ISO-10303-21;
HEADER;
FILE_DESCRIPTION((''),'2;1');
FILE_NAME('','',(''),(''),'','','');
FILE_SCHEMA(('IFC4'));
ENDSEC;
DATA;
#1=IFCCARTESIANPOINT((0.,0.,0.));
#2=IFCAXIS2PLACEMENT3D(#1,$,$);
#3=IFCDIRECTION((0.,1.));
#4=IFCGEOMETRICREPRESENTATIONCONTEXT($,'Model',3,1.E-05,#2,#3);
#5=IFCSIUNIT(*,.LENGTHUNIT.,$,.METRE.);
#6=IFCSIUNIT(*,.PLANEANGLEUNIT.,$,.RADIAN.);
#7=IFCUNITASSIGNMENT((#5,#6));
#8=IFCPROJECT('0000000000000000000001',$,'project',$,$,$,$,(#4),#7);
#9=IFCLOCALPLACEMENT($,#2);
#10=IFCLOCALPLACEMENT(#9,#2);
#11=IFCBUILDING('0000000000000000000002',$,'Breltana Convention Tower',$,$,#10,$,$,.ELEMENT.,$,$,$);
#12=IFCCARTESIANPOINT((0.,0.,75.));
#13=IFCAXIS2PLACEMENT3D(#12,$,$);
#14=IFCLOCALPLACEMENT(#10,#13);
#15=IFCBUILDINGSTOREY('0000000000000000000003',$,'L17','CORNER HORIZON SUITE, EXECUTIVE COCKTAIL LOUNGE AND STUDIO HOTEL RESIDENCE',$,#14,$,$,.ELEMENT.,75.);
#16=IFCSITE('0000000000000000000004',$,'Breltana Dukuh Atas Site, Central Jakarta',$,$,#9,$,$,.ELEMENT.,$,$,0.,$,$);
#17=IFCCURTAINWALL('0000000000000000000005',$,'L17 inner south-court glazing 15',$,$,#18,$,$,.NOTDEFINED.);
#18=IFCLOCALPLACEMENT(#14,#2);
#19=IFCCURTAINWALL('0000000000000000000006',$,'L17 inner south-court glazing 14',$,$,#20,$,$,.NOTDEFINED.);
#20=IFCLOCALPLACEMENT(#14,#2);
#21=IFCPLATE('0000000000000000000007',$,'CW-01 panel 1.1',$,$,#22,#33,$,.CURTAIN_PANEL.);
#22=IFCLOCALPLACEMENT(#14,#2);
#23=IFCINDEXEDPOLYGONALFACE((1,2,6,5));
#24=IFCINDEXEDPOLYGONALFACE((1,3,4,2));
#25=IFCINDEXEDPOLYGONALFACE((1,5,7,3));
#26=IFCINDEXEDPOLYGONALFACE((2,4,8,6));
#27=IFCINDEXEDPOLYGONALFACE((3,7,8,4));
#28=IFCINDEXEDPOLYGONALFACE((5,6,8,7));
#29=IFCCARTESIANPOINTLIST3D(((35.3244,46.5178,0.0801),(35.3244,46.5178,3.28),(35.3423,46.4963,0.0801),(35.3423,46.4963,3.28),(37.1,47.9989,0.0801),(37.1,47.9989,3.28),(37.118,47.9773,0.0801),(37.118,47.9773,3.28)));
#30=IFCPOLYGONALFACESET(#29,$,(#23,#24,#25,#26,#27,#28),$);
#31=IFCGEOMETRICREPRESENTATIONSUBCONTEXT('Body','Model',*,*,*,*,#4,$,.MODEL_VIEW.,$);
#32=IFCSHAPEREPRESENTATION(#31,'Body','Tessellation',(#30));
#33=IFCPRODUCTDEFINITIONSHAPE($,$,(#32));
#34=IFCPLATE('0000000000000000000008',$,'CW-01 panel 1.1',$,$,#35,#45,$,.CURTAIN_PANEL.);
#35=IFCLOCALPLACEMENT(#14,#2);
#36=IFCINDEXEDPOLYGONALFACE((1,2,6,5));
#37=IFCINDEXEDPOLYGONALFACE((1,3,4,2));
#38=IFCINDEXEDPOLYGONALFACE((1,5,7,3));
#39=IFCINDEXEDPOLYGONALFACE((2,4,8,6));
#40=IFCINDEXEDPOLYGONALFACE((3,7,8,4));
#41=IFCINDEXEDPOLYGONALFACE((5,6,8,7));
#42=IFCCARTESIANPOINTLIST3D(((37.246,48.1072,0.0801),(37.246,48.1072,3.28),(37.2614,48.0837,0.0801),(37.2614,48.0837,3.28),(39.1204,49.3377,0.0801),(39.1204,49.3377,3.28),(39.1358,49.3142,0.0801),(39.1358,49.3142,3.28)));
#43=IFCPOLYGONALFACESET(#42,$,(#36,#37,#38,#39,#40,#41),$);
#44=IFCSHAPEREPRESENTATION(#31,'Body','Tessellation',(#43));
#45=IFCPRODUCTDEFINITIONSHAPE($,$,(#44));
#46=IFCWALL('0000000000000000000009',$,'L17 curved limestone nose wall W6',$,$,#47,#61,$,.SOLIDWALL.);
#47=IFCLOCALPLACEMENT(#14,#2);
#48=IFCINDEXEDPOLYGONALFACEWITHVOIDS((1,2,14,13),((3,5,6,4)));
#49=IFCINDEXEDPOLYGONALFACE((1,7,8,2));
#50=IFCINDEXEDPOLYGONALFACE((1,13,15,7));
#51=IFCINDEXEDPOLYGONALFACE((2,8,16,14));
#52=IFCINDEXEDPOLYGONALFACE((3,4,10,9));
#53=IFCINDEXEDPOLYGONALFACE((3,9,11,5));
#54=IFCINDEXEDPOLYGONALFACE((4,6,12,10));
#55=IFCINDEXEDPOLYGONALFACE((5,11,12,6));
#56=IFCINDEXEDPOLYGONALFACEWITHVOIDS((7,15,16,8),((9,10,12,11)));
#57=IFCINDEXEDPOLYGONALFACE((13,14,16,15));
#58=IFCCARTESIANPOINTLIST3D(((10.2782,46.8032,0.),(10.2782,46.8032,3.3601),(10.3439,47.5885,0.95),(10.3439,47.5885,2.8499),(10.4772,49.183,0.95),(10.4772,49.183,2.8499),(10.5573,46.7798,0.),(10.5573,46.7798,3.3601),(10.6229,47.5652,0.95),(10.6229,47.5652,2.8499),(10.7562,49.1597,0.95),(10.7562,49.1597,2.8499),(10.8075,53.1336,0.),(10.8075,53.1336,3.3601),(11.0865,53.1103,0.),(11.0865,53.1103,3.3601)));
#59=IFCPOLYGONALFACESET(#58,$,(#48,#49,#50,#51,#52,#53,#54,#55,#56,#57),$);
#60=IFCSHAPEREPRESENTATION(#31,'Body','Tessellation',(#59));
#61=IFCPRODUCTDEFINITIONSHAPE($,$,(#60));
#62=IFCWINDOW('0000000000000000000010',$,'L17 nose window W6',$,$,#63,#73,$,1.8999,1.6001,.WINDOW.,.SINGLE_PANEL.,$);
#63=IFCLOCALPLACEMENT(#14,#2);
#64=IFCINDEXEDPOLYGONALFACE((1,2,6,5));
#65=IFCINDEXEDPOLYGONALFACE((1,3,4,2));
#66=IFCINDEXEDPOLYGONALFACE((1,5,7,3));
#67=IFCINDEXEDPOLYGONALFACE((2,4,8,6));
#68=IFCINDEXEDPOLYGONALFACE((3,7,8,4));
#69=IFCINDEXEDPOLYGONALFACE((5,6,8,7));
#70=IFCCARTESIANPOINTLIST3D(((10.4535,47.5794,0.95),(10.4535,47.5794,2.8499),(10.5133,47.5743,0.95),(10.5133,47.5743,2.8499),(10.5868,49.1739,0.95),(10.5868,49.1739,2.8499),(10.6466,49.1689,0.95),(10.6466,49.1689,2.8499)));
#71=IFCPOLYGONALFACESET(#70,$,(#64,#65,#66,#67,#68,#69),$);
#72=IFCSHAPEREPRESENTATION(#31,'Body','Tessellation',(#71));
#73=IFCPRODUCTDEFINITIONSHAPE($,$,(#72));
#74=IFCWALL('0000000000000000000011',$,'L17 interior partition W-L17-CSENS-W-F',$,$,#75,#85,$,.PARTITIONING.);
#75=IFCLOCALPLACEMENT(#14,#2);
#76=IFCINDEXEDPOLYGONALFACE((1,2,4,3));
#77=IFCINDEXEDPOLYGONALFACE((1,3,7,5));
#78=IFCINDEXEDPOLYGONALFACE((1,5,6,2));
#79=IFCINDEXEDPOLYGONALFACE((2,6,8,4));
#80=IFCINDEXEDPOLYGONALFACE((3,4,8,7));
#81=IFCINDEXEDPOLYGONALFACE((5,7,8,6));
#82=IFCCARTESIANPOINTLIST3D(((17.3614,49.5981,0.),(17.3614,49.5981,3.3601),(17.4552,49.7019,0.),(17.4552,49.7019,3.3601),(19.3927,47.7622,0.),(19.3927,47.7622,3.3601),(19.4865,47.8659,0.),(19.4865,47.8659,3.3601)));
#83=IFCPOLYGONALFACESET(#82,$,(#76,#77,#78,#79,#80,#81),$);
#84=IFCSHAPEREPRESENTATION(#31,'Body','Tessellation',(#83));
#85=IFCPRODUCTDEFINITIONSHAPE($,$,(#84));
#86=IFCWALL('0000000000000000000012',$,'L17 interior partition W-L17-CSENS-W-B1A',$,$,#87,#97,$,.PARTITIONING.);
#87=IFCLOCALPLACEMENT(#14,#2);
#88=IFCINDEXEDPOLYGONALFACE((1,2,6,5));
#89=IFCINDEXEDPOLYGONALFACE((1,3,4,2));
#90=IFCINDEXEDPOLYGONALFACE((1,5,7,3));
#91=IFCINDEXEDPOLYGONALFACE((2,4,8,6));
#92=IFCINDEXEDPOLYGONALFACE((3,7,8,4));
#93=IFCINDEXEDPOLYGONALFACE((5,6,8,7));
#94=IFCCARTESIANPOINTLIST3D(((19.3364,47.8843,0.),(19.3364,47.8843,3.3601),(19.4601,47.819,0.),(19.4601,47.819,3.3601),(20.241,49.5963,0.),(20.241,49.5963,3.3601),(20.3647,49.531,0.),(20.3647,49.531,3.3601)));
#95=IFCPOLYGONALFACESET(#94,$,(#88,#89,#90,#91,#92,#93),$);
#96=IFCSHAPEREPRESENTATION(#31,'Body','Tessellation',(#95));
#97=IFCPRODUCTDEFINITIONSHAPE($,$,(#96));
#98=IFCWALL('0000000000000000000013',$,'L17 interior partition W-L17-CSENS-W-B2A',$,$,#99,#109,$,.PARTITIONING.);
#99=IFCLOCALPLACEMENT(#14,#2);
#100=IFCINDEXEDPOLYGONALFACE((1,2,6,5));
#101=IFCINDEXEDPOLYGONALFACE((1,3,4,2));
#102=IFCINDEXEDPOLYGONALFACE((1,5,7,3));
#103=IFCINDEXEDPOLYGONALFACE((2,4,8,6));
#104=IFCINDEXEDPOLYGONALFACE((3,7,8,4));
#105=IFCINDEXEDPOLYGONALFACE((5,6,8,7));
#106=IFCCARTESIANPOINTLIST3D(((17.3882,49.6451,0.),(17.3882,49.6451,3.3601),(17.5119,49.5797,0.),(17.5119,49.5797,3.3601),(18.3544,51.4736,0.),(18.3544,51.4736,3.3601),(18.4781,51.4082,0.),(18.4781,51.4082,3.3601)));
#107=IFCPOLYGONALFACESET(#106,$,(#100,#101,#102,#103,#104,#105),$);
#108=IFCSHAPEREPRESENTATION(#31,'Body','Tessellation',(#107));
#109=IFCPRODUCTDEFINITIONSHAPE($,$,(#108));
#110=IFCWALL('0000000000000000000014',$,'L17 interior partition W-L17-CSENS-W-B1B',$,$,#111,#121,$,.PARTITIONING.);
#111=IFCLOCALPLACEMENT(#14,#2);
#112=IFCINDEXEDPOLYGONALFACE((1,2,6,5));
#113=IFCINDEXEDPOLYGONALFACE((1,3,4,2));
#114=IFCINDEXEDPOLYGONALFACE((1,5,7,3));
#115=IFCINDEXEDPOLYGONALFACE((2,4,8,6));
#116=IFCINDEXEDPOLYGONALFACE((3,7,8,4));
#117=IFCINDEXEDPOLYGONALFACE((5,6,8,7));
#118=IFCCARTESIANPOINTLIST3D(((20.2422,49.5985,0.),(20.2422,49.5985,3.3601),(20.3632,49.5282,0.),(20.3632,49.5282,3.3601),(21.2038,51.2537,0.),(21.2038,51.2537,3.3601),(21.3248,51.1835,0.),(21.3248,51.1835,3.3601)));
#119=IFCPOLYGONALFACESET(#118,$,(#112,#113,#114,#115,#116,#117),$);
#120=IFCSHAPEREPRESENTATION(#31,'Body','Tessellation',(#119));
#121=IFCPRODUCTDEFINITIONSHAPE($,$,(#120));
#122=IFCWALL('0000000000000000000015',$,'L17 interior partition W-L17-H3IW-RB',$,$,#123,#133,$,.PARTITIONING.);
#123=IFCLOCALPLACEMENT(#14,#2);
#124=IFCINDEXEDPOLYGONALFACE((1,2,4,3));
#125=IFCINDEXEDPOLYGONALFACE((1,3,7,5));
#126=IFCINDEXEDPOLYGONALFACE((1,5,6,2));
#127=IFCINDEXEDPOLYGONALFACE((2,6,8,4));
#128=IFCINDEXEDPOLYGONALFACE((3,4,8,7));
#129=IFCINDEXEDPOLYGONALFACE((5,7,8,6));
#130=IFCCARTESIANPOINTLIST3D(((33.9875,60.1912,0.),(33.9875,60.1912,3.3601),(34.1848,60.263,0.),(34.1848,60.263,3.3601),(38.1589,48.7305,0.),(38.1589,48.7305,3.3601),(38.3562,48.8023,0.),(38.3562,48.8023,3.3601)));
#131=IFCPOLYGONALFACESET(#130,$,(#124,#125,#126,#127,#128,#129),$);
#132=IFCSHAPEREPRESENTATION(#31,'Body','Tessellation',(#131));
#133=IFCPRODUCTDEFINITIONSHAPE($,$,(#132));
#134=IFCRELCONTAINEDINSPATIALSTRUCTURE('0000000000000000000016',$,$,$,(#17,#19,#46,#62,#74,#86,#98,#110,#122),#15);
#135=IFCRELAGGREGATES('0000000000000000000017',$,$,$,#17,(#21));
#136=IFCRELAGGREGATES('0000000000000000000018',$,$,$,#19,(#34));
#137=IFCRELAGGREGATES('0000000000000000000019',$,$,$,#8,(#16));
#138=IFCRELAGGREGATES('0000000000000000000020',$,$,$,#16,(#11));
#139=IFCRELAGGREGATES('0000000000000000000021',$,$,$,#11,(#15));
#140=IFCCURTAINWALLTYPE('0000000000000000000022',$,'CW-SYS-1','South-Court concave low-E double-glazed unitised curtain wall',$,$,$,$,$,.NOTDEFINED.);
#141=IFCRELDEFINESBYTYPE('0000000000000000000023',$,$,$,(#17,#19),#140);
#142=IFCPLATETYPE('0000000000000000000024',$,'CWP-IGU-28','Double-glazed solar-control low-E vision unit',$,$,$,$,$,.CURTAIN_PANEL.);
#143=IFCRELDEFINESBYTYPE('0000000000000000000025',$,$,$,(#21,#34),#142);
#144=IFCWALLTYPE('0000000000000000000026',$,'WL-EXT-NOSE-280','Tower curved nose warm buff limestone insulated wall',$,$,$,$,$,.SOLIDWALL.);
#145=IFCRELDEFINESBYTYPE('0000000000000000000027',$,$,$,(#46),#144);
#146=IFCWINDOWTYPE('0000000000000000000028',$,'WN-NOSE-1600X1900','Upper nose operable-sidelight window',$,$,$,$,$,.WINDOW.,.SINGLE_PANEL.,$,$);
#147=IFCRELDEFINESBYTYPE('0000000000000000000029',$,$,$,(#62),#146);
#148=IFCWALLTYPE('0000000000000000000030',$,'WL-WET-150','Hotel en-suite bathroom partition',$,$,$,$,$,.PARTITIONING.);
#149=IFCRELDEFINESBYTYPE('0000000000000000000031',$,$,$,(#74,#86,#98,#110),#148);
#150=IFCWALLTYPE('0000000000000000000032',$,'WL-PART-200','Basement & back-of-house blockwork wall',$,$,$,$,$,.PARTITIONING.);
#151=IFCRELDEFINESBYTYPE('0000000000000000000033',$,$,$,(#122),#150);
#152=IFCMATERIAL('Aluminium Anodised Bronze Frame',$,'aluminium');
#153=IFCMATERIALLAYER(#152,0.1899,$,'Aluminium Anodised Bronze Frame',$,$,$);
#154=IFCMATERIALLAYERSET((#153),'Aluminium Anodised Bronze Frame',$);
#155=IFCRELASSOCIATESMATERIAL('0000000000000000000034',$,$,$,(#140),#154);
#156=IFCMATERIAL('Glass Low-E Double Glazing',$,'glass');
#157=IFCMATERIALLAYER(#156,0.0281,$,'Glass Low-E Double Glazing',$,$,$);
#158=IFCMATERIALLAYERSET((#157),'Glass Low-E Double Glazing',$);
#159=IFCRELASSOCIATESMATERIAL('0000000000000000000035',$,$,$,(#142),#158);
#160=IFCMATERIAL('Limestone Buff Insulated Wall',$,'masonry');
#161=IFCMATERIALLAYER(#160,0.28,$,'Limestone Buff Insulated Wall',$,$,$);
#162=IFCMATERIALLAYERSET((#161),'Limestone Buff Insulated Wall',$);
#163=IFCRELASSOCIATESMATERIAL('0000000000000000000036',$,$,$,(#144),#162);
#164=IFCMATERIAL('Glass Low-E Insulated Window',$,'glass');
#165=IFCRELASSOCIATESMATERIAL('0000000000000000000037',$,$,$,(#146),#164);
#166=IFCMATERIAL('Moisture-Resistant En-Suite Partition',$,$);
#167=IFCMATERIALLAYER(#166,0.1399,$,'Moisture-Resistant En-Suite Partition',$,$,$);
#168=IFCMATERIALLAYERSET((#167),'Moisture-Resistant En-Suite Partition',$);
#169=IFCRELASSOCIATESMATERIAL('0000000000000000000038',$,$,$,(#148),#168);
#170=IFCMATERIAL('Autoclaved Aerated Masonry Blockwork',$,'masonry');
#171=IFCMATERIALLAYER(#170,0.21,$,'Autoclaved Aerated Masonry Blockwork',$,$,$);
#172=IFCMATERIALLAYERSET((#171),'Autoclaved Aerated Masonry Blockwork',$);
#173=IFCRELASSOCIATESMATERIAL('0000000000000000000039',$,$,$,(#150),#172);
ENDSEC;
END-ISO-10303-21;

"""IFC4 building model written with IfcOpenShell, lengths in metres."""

from ifc_helpers import new_model, si_unit, direction, frame, frame_2d, origin, origin_2d, place, context, subcontext, project, spatial, rectangle, extrude, source, transform, mapped, material, layer, layer_set, type_object, type_shapes, element, fill, aggregate, save


model = new_model("IFC4")

# Units and contexts
model_context = context("Model", 3, precision=1e-05, world=origin(), true_north=direction((0.0, 1.0)))
body_context = subcontext(model_context, "Body", "Model", "MODEL_VIEW")
ifc_project = project(units=[si_unit("LENGTHUNIT", "METRE"), si_unit("PLANEANGLEUNIT", "RADIAN")], contexts=[model_context])

# Site, building, storey
site_placement = place(None, origin())
site = spatial("IfcSite", under=ifc_project, at=site_placement, Name="Breltana Dukuh Atas Site, Central Jakarta", CompositionType="ELEMENT", RefElevation=0.0)
building_placement = place(site_placement, origin())
building = spatial("IfcBuilding", under=site, at=building_placement, Name="Breltana Convention Tower", CompositionType="ELEMENT")
storey_placement = place(building_placement, frame((0.0, 0.0, 75.0)))
storey = spatial("IfcBuildingStorey", under=building, at=storey_placement, Name="L17", Description="CORNER HORIZON SUITE, EXECUTIVE COCKTAIL LOUNGE AND STUDIO HOTEL RESIDENCE", CompositionType="ELEMENT", Elevation=75.0)

# Curtain walls
ifc_material_1 = material(Name="Aluminium Anodised Bronze Frame", Category="aluminium")
ifc_layer_1 = layer(ifc_material_1, 0.1899, Name="Aluminium Anodised Bronze Frame")
ifc_layer_set_1 = layer_set([ifc_layer_1], Name="Aluminium Anodised Bronze Frame")
curtain_wall_type = type_object("IfcCurtainWallType", Name="CW-SYS-1", Description="South-Court concave low-E double-glazed unitised curtain wall", PredefinedType="NOTDEFINED", material=ifc_layer_set_1)
curtain_wall_1_placement = place(storey_placement, origin())
curtain_wall_1 = element("IfcCurtainWall", 1, at=curtain_wall_1_placement, inside=storey, type_object=curtain_wall_type, Name="L17 inner south-court glazing 15", PredefinedType="NOTDEFINED")
curtain_wall_2_placement = place(storey_placement, origin())
curtain_wall_2 = element("IfcCurtainWall", 2, at=curtain_wall_2_placement, inside=storey, type_object=curtain_wall_type, Name="L17 inner south-court glazing 14", PredefinedType="NOTDEFINED")

# Plates
ifc_material_2 = material(Name="Glass Low-E Double Glazing", Category="glass")
ifc_layer_2 = layer(ifc_material_2, 0.0281, Name="Glass Low-E Double Glazing")
ifc_layer_set_2 = layer_set([ifc_layer_2], Name="Glass Low-E Double Glazing")
plate_type = type_object("IfcPlateType", Name="CWP-IGU-28", Description="Double-glazed solar-control low-E vision unit", PredefinedType="CURTAIN_PANEL", material=ifc_layer_set_2)
shared_shape_1 = source(origin(), body_context, "Body", "SweptSolid", [
    extrude(rectangle(XDim=2.3123, YDim=0.0281, at=origin_2d()), origin(), (0.0, 0.0, 1.0), 3.2),
])
plate_1_placement = place(storey_placement, frame((36.2212, 47.2476, 0.0801), z_axis=(0.0, 0.0, 1.0), x_axis=(-0.767939, -0.640523, 0.0)))
plate_1 = element("IfcPlate", 3, at=plate_1_placement, type_object=plate_type, Name="CW-01 panel 1.1", PredefinedType="CURTAIN_PANEL", context=body_context, shape_type="MappedRepresentation", body=[
    mapped(shared_shape_1, transform((0.0, 0.0, 0.0), scale=1.0)),
])
aggregate(curtain_wall_1, [plate_1])
shared_shape_2 = source(origin(), body_context, "Body", "SweptSolid", [
    extrude(rectangle(XDim=2.2422, YDim=0.0281, at=origin_2d()), origin(), (0.0, 0.0, 1.0), 3.2),
])
plate_2_placement = place(storey_placement, frame((38.1909, 48.7107, 0.0801), z_axis=(0.0, 0.0, 1.0), x_axis=(-0.835968, -0.548778, 0.0)))
plate_2 = element("IfcPlate", 4, at=plate_2_placement, type_object=plate_type, Name="CW-01 panel 1.1", PredefinedType="CURTAIN_PANEL", context=body_context, shape_type="MappedRepresentation", body=[
    mapped(shared_shape_2, transform((0.0, 0.0, 0.0), scale=1.0)),
])
aggregate(curtain_wall_2, [plate_2])

# Wall, opening, window
ifc_material_3 = material(Name="Limestone Buff Insulated Wall", Category="masonry")
ifc_layer_3 = layer(ifc_material_3, 0.28, Name="Limestone Buff Insulated Wall")
ifc_layer_set_3 = layer_set([ifc_layer_3], Name="Limestone Buff Insulated Wall")
wall_type_1 = type_object("IfcWallType", Name="WL-EXT-NOSE-280", Description="Tower curved nose warm buff limestone insulated wall", PredefinedType="SOLIDWALL", material=ifc_layer_set_3)
shared_shape_3 = source(origin(), body_context, "Body", "SweptSolid", [
    extrude(rectangle(XDim=6.3525, YDim=0.28, at=frame_2d((3.1763, 0.0))), origin(), (0.0, 0.0, 1.0), 3.3601),
])
wall_1_placement = place(storey_placement, frame((10.4177, 46.7915, 0.0), z_axis=(0.0, 0.0, 1.0), x_axis=(0.083319, 0.996523, 0.0)))
wall_1 = element("IfcWall", 5, at=wall_1_placement, inside=storey, type_object=wall_type_1, Name="L17 curved limestone nose wall W6", PredefinedType="SOLIDWALL", context=body_context, shape_type="MappedRepresentation", body=[
    mapped(shared_shape_3, transform((0.0, 0.0, 0.0), scale=1.0)),
])
opening_placement = place(wall_1_placement, frame((0.7881, 0.0, 0.95)))
opening = element("IfcOpeningElement", 6, at=opening_placement, cuts=wall_1, PredefinedType="OPENING", context=body_context, shape_type="SweptSolid", body=[
    extrude(rectangle(XDim=1.6001, YDim=1.8999, at=frame_2d((0.8, 0.95))), frame((0.0, 0.1499, 0.0), z_axis=(0.0, -1.0, 0.0), x_axis=(1.0, 0.0, 0.0)), (0.0, 0.0, 1.0), 0.3),
])
ifc_material_4 = material(Name="Glass Low-E Insulated Window", Category="glass")
window_type = type_object("IfcWindowType", Name="WN-NOSE-1600X1900", Description="Upper nose operable-sidelight window", PartitioningType="SINGLE_PANEL", PredefinedType="WINDOW", material=ifc_material_4)
shared_shape_4 = source(origin(), body_context, "Body", "SweptSolid", [
    extrude(rectangle(XDim=1.6001, YDim=1.8999, at=frame_2d((0.8, 0.95))), frame((0.0, 0.03, 0.0), z_axis=(0.0, -1.0, 0.0), x_axis=(1.0, 0.0, 0.0)), (0.0, 0.0, 1.0), 0.0601),
])
type_shapes(window_type, [shared_shape_4])
window_placement = place(opening_placement, origin())
window = element("IfcWindow", 7, at=window_placement, inside=storey, type_object=window_type, Name="L17 nose window W6", OverallHeight=1.8999, OverallWidth=1.6001, PartitioningType="SINGLE_PANEL", PredefinedType="WINDOW", context=body_context, shape_type="MappedRepresentation", body=[
    mapped(shared_shape_4, transform((0.0, 0.0, 0.0), scale=1.0)),
])
fill(opening, window)

# Walls
ifc_material_5 = material(Name="Moisture-Resistant En-Suite Partition")
ifc_layer_4 = layer(ifc_material_5, 0.1399, Name="Moisture-Resistant En-Suite Partition")
ifc_layer_set_4 = layer_set([ifc_layer_4], Name="Moisture-Resistant En-Suite Partition")
wall_type_2 = type_object("IfcWallType", Name="WL-WET-150", Description="Hotel en-suite bathroom partition", PredefinedType="PARTITIONING", material=ifc_layer_set_4)
shared_shape_5 = source(origin(), body_context, "Body", "SweptSolid", [
    extrude(rectangle(XDim=2.738, YDim=0.1399, at=frame_2d((1.3691, 0.0))), origin(), (0.0, 0.0, 1.0), 3.3601),
])
wall_2_placement = place(storey_placement, frame((19.4397, 47.814, 0.0), z_axis=(0.0, 0.0, 1.0), x_axis=(-0.741874, 0.67054, 0.0)))
element("IfcWall", 8, at=wall_2_placement, inside=storey, type_object=wall_type_2, Name="L17 interior partition W-L17-CSENS-W-F", PredefinedType="PARTITIONING", context=body_context, shape_type="MappedRepresentation", body=[
    mapped(shared_shape_5, transform((0.0, 0.0, 0.0), scale=1.0)),
])
shared_shape_6 = source(origin(), body_context, "Body", "SweptSolid", [
    extrude(rectangle(XDim=1.9363, YDim=0.1399, at=frame_2d((0.9683, 0.0))), origin(), (0.0, 0.0, 1.0), 3.3601),
])
wall_3_placement = place(storey_placement, frame((19.3982, 47.8516, 0.0), z_axis=(0.0, 0.0, 1.0), x_axis=(0.467175, 0.884165, 0.0)))
element("IfcWall", 9, at=wall_3_placement, inside=storey, type_object=wall_type_2, Name="L17 interior partition W-L17-CSENS-W-B1A", PredefinedType="PARTITIONING", context=body_context, shape_type="MappedRepresentation", body=[
    mapped(shared_shape_6, transform((0.0, 0.0, 0.0), scale=1.0)),
])
shared_shape_7 = source(origin(), body_context, "Body", "SweptSolid", [
    extrude(rectangle(XDim=2.0681, YDim=0.1399, at=frame_2d((1.0342, 0.0))), origin(), (0.0, 0.0, 1.0), 3.3601),
])
wall_4_placement = place(storey_placement, frame((17.45, 49.6123, 0.0), z_axis=(0.0, 0.0, 1.0), x_axis=(0.467215, 0.884144, 0.0)))
element("IfcWall", 10, at=wall_4_placement, inside=storey, type_object=wall_type_2, Name="L17 interior partition W-L17-CSENS-W-B2A", PredefinedType="PARTITIONING", context=body_context, shape_type="MappedRepresentation", body=[
    mapped(shared_shape_7, transform((0.0, 0.0, 0.0), scale=1.0)),
])
shared_shape_8 = source(origin(), body_context, "Body", "SweptSolid", [
    extrude(rectangle(XDim=1.9143, YDim=0.1399, at=frame_2d((0.957, 0.0))), origin(), (0.0, 0.0, 1.0), 3.3601),
])
wall_5_placement = place(storey_placement, frame((20.3027, 49.5635, 0.0), z_axis=(0.0, 0.0, 1.0), x_axis=(0.502348, 0.864666, 0.0)))
element("IfcWall", 11, at=wall_5_placement, inside=storey, type_object=wall_type_2, Name="L17 interior partition W-L17-CSENS-W-B1B", PredefinedType="PARTITIONING", context=body_context, shape_type="MappedRepresentation", body=[
    mapped(shared_shape_8, transform((0.0, 0.0, 0.0), scale=1.0)),
])
ifc_material_6 = material(Name="Autoclaved Aerated Masonry Blockwork", Category="masonry")
ifc_layer_5 = layer(ifc_material_6, 0.21, Name="Autoclaved Aerated Masonry Blockwork")
ifc_layer_set_5 = layer_set([ifc_layer_5], Name="Autoclaved Aerated Masonry Blockwork")
wall_type_3 = type_object("IfcWallType", Name="WL-PART-200", Description="Basement & back-of-house blockwork wall", PredefinedType="PARTITIONING", material=ifc_layer_set_5)
shared_shape_9 = source(origin(), body_context, "Body", "SweptSolid", [
    extrude(rectangle(XDim=12.1963, YDim=0.21, at=frame_2d((6.0981, 0.0))), origin(), (0.0, 0.0, 1.0), 3.3601),
])
wall_6_placement = place(storey_placement, frame((38.2576, 48.7664, 0.0), z_axis=(0.0, 0.0, 1.0), x_axis=(-0.342023, 0.939692, 0.0)))
element("IfcWall", 12, at=wall_6_placement, inside=storey, type_object=wall_type_3, Name="L17 interior partition W-L17-H3IW-RB", PredefinedType="PARTITIONING", context=body_context, shape_type="MappedRepresentation", body=[
    mapped(shared_shape_9, transform((0.0, 0.0, 0.0), scale=1.0)),
])

save(model, "model.ifc")
